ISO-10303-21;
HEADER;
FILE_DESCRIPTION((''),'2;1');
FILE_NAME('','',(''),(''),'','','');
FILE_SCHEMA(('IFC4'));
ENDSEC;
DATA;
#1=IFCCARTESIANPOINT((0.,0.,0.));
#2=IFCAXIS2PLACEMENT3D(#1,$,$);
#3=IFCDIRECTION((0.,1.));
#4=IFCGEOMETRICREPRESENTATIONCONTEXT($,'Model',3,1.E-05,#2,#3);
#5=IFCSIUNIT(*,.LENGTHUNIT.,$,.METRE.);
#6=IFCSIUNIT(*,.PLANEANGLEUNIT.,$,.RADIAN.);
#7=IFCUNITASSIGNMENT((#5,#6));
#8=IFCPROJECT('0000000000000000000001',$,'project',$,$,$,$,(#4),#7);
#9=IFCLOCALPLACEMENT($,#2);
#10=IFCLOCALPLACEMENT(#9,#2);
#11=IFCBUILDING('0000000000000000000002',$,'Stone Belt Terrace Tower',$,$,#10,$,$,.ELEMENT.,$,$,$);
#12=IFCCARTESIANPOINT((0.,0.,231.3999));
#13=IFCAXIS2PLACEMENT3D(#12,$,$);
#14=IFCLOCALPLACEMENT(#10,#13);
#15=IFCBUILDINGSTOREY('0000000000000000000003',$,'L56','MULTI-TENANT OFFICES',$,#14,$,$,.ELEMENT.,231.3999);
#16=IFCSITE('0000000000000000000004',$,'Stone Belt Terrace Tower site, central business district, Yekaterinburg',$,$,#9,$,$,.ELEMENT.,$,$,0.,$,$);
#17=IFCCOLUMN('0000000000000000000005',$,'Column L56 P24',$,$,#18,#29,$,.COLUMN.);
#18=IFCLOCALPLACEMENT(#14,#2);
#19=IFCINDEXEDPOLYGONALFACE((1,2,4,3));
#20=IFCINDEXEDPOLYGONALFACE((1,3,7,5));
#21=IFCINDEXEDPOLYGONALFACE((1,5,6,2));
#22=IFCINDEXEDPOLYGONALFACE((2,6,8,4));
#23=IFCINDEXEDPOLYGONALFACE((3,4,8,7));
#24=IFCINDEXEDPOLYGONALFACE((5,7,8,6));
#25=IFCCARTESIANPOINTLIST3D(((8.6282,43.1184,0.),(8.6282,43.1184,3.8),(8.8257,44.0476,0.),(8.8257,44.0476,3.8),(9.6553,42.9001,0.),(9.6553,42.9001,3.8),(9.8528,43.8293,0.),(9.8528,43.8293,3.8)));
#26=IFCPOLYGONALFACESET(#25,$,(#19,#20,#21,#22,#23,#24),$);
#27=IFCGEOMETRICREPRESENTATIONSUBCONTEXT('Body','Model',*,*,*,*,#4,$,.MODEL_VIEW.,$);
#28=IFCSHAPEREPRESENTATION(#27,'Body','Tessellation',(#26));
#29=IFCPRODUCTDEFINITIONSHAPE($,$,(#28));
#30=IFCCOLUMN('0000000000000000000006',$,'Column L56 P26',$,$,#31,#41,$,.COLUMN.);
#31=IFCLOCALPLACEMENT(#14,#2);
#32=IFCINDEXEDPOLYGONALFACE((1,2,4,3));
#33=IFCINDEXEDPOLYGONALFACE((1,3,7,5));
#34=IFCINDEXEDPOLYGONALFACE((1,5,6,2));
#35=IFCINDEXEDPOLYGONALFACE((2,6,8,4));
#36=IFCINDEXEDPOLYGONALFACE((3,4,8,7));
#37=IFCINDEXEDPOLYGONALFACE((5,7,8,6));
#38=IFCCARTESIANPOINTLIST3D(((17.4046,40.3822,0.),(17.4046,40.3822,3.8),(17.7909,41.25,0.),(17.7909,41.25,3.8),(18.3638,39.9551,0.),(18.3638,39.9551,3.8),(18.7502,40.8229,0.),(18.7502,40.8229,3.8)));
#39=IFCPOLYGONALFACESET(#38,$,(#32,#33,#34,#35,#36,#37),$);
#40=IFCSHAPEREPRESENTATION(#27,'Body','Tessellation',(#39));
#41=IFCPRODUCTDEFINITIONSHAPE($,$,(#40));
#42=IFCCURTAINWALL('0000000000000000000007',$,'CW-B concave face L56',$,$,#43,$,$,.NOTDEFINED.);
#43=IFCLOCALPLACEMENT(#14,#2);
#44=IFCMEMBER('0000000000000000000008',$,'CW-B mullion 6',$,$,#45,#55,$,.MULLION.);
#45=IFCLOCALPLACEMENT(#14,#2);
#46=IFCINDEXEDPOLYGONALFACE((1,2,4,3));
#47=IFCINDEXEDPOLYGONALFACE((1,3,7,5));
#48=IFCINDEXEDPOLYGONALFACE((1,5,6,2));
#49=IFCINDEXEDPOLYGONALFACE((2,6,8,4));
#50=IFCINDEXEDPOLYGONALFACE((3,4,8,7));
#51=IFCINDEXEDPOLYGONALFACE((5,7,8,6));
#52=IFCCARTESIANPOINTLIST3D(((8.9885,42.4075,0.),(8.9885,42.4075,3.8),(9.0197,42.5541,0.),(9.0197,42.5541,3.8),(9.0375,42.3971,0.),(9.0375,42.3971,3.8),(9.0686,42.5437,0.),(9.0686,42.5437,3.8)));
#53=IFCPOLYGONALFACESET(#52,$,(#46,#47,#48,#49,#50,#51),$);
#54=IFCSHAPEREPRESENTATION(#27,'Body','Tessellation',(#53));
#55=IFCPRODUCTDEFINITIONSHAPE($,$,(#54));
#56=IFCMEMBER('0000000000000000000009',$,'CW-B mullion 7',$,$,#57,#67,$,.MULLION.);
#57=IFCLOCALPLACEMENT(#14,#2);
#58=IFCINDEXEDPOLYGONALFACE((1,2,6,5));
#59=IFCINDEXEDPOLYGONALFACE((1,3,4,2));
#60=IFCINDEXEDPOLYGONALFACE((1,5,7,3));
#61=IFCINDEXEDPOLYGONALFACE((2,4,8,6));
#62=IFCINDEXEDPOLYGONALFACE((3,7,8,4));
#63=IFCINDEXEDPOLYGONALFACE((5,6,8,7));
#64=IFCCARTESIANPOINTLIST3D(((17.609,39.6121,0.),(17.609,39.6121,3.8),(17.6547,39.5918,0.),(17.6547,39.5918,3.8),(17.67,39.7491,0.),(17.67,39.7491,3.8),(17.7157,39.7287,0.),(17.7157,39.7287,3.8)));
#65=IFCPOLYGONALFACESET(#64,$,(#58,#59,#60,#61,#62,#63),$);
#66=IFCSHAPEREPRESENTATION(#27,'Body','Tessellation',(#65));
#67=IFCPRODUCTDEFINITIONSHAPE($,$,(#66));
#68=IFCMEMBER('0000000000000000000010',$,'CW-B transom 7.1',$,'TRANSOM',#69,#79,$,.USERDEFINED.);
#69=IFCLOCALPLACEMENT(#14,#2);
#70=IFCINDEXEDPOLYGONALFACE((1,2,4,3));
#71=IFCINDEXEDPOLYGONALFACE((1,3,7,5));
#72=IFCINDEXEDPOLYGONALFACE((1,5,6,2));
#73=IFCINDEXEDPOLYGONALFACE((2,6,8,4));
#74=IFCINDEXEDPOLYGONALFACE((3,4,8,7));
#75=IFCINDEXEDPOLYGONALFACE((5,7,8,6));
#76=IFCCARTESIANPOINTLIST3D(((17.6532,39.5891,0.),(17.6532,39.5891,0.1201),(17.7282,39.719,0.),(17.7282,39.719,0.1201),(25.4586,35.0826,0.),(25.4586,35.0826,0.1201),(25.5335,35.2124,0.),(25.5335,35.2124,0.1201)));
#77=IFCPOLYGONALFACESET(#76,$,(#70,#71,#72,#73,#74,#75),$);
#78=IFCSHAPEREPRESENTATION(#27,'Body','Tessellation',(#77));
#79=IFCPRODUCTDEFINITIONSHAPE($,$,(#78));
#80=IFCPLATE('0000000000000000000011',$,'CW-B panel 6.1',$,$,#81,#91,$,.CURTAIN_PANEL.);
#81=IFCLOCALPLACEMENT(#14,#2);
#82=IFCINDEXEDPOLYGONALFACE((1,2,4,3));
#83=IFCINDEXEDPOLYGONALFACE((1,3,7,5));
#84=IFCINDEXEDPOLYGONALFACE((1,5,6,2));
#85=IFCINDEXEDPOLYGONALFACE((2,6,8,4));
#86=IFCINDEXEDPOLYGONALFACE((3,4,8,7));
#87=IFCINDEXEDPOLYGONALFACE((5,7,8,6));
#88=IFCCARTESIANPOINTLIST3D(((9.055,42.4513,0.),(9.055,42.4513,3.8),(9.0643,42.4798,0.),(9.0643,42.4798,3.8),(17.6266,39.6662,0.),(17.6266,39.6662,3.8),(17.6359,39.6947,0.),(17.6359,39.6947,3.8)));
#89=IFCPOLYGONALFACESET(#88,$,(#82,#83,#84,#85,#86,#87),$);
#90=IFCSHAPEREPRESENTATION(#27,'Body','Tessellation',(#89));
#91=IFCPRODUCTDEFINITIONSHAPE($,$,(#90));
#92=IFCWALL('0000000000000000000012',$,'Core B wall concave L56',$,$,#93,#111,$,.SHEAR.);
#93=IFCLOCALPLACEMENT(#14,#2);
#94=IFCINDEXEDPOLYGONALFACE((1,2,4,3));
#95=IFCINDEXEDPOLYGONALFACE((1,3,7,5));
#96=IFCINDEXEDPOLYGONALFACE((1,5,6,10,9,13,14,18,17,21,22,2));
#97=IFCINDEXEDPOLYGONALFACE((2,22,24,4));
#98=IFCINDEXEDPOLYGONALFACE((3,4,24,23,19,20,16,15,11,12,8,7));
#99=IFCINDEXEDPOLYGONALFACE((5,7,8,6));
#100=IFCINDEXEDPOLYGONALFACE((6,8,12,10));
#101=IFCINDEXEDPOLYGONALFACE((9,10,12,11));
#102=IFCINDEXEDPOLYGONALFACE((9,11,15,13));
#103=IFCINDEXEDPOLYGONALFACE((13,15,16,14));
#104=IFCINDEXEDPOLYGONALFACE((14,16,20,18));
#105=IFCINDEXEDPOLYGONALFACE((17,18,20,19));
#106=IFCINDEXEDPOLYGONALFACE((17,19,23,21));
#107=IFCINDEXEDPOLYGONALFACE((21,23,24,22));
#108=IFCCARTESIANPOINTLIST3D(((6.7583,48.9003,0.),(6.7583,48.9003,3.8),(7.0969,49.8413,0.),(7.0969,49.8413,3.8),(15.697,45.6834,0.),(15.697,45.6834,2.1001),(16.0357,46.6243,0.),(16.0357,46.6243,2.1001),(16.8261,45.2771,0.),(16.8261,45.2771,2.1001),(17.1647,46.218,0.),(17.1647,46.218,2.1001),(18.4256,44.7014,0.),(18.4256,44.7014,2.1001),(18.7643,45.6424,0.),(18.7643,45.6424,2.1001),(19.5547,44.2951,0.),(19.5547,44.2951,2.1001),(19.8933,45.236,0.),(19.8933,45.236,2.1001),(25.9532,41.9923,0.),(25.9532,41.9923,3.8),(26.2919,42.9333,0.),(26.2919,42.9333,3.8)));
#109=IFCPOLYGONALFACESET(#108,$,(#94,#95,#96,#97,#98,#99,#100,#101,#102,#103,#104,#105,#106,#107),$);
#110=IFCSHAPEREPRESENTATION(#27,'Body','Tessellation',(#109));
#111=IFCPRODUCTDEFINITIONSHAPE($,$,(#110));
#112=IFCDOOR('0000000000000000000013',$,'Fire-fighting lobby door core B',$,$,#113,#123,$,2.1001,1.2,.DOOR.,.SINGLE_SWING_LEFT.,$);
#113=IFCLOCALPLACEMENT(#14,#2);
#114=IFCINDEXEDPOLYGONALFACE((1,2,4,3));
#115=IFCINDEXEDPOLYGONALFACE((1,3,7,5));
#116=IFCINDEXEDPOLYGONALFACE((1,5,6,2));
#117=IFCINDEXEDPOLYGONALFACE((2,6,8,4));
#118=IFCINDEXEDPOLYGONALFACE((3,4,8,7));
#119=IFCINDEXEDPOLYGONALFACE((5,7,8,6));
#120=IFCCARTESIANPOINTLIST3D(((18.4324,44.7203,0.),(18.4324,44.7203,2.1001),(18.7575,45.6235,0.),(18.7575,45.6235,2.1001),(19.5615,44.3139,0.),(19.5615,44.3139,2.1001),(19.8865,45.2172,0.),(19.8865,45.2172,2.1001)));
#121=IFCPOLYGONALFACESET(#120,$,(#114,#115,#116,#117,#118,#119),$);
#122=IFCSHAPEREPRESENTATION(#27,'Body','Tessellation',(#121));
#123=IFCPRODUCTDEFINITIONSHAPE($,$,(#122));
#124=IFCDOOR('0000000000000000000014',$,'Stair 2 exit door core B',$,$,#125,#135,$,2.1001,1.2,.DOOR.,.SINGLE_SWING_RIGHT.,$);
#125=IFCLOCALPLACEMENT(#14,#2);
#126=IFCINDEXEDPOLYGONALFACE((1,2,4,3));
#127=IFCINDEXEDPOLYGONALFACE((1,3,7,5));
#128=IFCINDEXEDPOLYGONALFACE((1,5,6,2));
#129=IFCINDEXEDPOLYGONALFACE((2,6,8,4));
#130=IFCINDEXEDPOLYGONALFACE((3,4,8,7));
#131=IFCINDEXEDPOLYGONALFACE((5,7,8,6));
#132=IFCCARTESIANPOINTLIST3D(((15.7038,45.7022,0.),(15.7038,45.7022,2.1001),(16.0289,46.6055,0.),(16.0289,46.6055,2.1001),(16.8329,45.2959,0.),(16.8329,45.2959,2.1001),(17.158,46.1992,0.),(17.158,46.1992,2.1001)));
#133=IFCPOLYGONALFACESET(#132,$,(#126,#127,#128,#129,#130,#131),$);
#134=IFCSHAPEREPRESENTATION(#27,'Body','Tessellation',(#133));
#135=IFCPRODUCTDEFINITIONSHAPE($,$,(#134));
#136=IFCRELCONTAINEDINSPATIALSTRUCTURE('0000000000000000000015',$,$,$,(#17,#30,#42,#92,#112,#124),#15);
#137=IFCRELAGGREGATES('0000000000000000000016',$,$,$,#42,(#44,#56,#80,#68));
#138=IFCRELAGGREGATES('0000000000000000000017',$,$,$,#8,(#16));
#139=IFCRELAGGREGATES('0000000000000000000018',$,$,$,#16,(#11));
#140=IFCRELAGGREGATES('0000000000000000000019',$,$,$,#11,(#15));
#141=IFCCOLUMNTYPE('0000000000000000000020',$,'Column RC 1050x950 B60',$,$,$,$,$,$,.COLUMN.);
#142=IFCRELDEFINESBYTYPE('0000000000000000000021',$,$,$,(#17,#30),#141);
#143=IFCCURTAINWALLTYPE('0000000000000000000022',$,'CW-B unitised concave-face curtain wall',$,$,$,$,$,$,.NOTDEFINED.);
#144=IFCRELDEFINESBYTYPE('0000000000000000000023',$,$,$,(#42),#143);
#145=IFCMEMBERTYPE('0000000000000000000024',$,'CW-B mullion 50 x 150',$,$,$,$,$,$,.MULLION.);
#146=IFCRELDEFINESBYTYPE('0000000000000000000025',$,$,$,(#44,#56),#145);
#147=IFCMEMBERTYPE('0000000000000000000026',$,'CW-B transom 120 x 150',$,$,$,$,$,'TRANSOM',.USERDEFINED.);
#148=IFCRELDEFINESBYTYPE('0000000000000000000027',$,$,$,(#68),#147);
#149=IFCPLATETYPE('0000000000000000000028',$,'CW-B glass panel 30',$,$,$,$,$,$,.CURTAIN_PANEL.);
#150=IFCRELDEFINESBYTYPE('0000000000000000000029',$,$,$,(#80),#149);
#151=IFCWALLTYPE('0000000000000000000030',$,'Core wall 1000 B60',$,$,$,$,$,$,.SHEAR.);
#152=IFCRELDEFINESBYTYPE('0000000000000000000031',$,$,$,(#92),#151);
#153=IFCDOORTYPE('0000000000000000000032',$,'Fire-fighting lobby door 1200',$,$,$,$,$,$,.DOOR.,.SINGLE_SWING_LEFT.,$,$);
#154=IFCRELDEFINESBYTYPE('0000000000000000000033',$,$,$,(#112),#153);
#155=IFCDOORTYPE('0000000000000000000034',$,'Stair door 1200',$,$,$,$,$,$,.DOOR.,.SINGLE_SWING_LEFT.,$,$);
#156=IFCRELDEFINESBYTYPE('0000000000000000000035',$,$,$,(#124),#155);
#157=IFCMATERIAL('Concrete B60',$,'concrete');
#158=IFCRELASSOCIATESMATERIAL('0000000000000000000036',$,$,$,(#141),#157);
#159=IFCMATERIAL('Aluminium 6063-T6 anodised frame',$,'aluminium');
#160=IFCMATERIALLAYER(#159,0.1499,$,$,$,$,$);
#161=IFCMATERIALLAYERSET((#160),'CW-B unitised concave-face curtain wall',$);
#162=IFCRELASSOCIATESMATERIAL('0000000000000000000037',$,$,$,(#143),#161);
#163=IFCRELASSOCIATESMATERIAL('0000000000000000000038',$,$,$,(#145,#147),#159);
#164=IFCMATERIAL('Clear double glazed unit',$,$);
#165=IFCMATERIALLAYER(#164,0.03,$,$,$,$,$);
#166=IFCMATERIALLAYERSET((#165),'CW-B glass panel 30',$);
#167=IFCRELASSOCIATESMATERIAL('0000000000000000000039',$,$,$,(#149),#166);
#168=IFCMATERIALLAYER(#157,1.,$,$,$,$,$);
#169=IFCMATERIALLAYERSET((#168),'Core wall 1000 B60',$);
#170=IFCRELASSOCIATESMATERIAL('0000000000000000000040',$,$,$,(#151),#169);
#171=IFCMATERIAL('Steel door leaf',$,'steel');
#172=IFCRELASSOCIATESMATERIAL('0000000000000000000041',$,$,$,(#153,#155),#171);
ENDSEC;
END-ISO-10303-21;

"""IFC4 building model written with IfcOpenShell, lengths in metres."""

from ifc_helpers import new_model, si_unit, direction, frame, frame_2d, origin, origin_2d, place, context, subcontext, project, spatial, rectangle, extrude, material, layer, layer_set, material_profile, profile_set, type_object, element, fill, aggregate, save


model = new_model("IFC4")

# Units and contexts
model_context = context("Model", 3, precision=1e-05, world=origin(), true_north=direction((0.0, 1.0)))
body_context = subcontext(model_context, "Body", "Model", "MODEL_VIEW")
ifc_project = project(units=[si_unit("LENGTHUNIT", "METRE"), si_unit("PLANEANGLEUNIT", "RADIAN")], contexts=[model_context])

# Site, building, storey
site_placement = place(None, origin())
site = spatial("IfcSite", under=ifc_project, at=site_placement, Name="Stone Belt Terrace Tower site, central business district, Yekaterinburg", CompositionType="ELEMENT", RefElevation=0.0)
building_placement = place(site_placement, origin())
building = spatial("IfcBuilding", under=site, at=building_placement, Name="Stone Belt Terrace Tower", CompositionType="ELEMENT")
storey_placement = place(building_placement, frame((0.0, 0.0, 231.3999)))
storey = spatial("IfcBuildingStorey", under=building, at=storey_placement, Name="L56", Description="MULTI-TENANT OFFICES", CompositionType="ELEMENT", Elevation=231.3999)

# Columns
ifc_material_1 = material(Name="Concrete B60", Category="concrete")
ifc_material_profile_1 = material_profile(ifc_material_1, rectangle(XDim=1.05, YDim=0.95, at=origin_2d()), Name="RC 1050x950")
ifc_profile_set_1 = profile_set([ifc_material_profile_1], Name="Concrete B60")
column_type = type_object("IfcColumnType", Name="Column RC 1050x950 B60", PredefinedType="COLUMN", material=ifc_profile_set_1)
for number, where, z_axis, x_axis, name in (
    (1, (9.2405, 43.4739, 0.0), (0.0, 0.0, 1.0), (0.978148, -0.207912, 0.0), "Column L56 P24"),
    (2, (18.0774, 40.6025, 0.0), (0.0, 0.0, 1.0), (0.913545, -0.406737, 0.0), "Column L56 P26"),
):
    element("IfcColumn", number, at=place(storey_placement, frame(where, z_axis=z_axis, x_axis=x_axis)), inside=storey, type_object=column_type, Name=name, PredefinedType="COLUMN", context=body_context, shape_type="SweptSolid", body=[
        extrude(rectangle(XDim=1.05, YDim=0.95, at=origin_2d()), origin(), (0.0, 0.0, 1.0), 3.8),
    ])

# Curtain wall, members, plate
ifc_material_2 = material(Name="Aluminium 6063-T6 anodised frame", Category="aluminium")
ifc_layer_1 = layer(ifc_material_2, 0.1499)
ifc_layer_set_1 = layer_set([ifc_layer_1], Name="CW-B unitised concave-face curtain wall")
curtain_wall_type = type_object("IfcCurtainWallType", Name="CW-B unitised concave-face curtain wall", PredefinedType="NOTDEFINED", material=ifc_layer_set_1)
curtain_wall_placement = place(storey_placement, origin())
curtain_wall = element("IfcCurtainWall", 3, at=curtain_wall_placement, inside=storey, type_object=curtain_wall_type, Name="CW-B concave face L56", PredefinedType="NOTDEFINED")
ifc_material_profile_2 = material_profile(ifc_material_2, rectangle(XDim=0.1499, YDim=0.05, at=origin_2d()), Name="Aluminium 6063-T6 50x150")
ifc_profile_set_2 = profile_set([ifc_material_profile_2], Name="Aluminium 6063-T6 anodised frame")
member_type_1 = type_object("IfcMemberType", Name="CW-B mullion 50 x 150", PredefinedType="MULLION", material=ifc_profile_set_2)
member_1_placement = place(storey_placement, frame((9.0286, 42.4756, 0.0), z_axis=(0.0, 0.0, 1.0), x_axis=(0.207912, 0.978148, 0.0)))
member_1 = element("IfcMember", 4, at=member_1_placement, type_object=member_type_1, Name="CW-B mullion 6", PredefinedType="MULLION", context=body_context, shape_type="SweptSolid", body=[
    extrude(rectangle(XDim=0.1499, YDim=0.05, at=origin_2d()), origin(), (0.0, 0.0, 1.0), 3.8),
])
member_2_placement = place(storey_placement, frame((17.6624, 39.6704, 0.0), z_axis=(0.0, 0.0, 1.0), x_axis=(0.406737, 0.913545, 0.0)))
member_2 = element("IfcMember", 5, at=member_2_placement, type_object=member_type_1, Name="CW-B mullion 7", PredefinedType="MULLION", context=body_context, shape_type="SweptSolid", body=[
    extrude(rectangle(XDim=0.1499, YDim=0.05, at=origin_2d()), origin(), (0.0, 0.0, 1.0), 3.8),
])
ifc_material_profile_3 = material_profile(ifc_material_2, rectangle(XDim=0.1499, YDim=0.1201, at=origin_2d()), Name="Aluminium 6063-T6 150x120")
ifc_profile_set_3 = profile_set([ifc_material_profile_3], Name="Aluminium 6063-T6 anodised frame")
member_type_2 = type_object("IfcMemberType", Name="CW-B transom 120 x 150", ElementType="TRANSOM", PredefinedType="USERDEFINED", material=ifc_profile_set_3)
member_3_placement = place(storey_placement, frame((17.6907, 39.6541, 0.0601), z_axis=(0.866019, -0.500011, 0.0), x_axis=(0.500011, 0.866019, 0.0)))
member_3 = element("IfcMember", 6, at=member_3_placement, type_object=member_type_2, Name="CW-B transom 7.1", ObjectType="TRANSOM", PredefinedType="USERDEFINED", context=body_context, shape_type="SweptSolid", body=[
    extrude(rectangle(XDim=0.1499, YDim=0.1201, at=origin_2d()), origin(), (0.0, 0.0, 1.0), 9.0129),
])
ifc_material_3 = material(Name="Clear double glazed unit")
ifc_layer_2 = layer(ifc_material_3, 0.03)
ifc_layer_set_2 = layer_set([ifc_layer_2], Name="CW-B glass panel 30")
plate_type = type_object("IfcPlateType", Name="CW-B glass panel 30", PredefinedType="CURTAIN_PANEL", material=ifc_layer_set_2)
plate_placement = place(storey_placement, frame((13.3455, 41.073, 0.0), z_axis=(0.0, 0.0, 1.0), x_axis=(0.951057, -0.309017, 0.0)))
plate = element("IfcPlate", 7, at=plate_placement, type_object=plate_type, Name="CW-B panel 6.1", PredefinedType="CURTAIN_PANEL", context=body_context, shape_type="SweptSolid", body=[
    extrude(rectangle(XDim=9.0127, YDim=0.03, at=origin_2d()), origin(), (0.0, 0.0, 1.0), 3.8),
])
aggregate(curtain_wall, [member_1, member_2, plate, member_3])

# Wall, openings, doors
ifc_layer_3 = layer(ifc_material_1, 1.0)
ifc_layer_set_3 = layer_set([ifc_layer_3], Name="Core wall 1000 B60")
wall_type_1 = type_object("IfcWallType", Name="Core wall 1000 B60", PredefinedType="SHEAR", material=ifc_layer_set_3)
wall_1_placement = place(storey_placement, frame((6.9275, 49.3708, 0.0), z_axis=(0.0, 0.0, 1.0), x_axis=(0.940921, -0.338625, 0.0)))
wall_1 = element("IfcWall", 8, at=wall_1_placement, inside=storey, type_object=wall_type_1, Name="Core B wall concave L56", PredefinedType="SHEAR", context=body_context, shape_type="SweptSolid", body=[
    extrude(rectangle(XDim=20.4001, YDim=1.0, at=frame_2d((10.2002, 0.0))), origin(), (0.0, 0.0, 1.0), 3.8),
])
opening_1_placement = place(wall_1_placement, frame((12.3999, 0.0, 0.0)))
opening_1 = element("IfcOpeningElement", 9, at=opening_1_placement, cuts=wall_1, PredefinedType="OPENING", context=body_context, shape_type="SweptSolid", body=[
    extrude(rectangle(XDim=1.2, YDim=2.1001, at=frame_2d((0.6001, 1.05))), frame((0.0, 0.51, 0.0), z_axis=(0.0, -1.0, 0.0), x_axis=(1.0, 0.0, 0.0)), (0.0, 0.0, 1.0), 1.02),
])
opening_2_placement = place(wall_1_placement, frame((9.5, 0.0, 0.0)))
opening_2 = element("IfcOpeningElement", 10, at=opening_2_placement, cuts=wall_1, PredefinedType="OPENING", context=body_context, shape_type="SweptSolid", body=[
    extrude(rectangle(XDim=1.2, YDim=2.1001, at=frame_2d((0.6001, 1.05))), frame((0.0, 0.51, 0.0), z_axis=(0.0, -1.0, 0.0), x_axis=(1.0, 0.0, 0.0)), (0.0, 0.0, 1.0), 1.02),
])
ifc_material_4 = material(Name="Steel door leaf", Category="steel")
door_type_1 = type_object("IfcDoorType", Name="Fire-fighting lobby door 1200", OperationType="SINGLE_SWING_LEFT", PredefinedType="DOOR", material=ifc_material_4)
door_1_placement = place(opening_1_placement, origin())
door_1 = element("IfcDoor", 11, at=door_1_placement, inside=storey, type_object=door_type_1, Name="Fire-fighting lobby door core B", OperationType="SINGLE_SWING_LEFT", OverallHeight=2.1001, OverallWidth=1.2, PredefinedType="DOOR", context=body_context, shape_type="SweptSolid", body=[
    extrude(rectangle(XDim=1.2, YDim=2.1001, at=frame_2d((0.6001, 1.05))), frame((0.0, 0.48, 0.0), z_axis=(0.0, -1.0, 0.0), x_axis=(1.0, 0.0, 0.0)), (0.0, 0.0, 1.0), 0.96),
])
fill(opening_1, door_1)
door_type_2 = type_object("IfcDoorType", Name="Stair door 1200", OperationType="SINGLE_SWING_LEFT", PredefinedType="DOOR", material=ifc_material_4)
door_2_placement = place(opening_2_placement, origin())
door_2 = element("IfcDoor", 12, at=door_2_placement, inside=storey, type_object=door_type_2, Name="Stair 2 exit door core B", OperationType="SINGLE_SWING_RIGHT", OverallHeight=2.1001, OverallWidth=1.2, PredefinedType="DOOR", context=body_context, shape_type="SweptSolid", body=[
    extrude(rectangle(XDim=1.2, YDim=2.1001, at=frame_2d((0.6001, 1.05))), frame((0.0, 0.48, 0.0), z_axis=(0.0, -1.0, 0.0), x_axis=(1.0, 0.0, 0.0)), (0.0, 0.0, 1.0), 0.96),
])
fill(opening_2, door_2)

save(model, "model.ifc")
